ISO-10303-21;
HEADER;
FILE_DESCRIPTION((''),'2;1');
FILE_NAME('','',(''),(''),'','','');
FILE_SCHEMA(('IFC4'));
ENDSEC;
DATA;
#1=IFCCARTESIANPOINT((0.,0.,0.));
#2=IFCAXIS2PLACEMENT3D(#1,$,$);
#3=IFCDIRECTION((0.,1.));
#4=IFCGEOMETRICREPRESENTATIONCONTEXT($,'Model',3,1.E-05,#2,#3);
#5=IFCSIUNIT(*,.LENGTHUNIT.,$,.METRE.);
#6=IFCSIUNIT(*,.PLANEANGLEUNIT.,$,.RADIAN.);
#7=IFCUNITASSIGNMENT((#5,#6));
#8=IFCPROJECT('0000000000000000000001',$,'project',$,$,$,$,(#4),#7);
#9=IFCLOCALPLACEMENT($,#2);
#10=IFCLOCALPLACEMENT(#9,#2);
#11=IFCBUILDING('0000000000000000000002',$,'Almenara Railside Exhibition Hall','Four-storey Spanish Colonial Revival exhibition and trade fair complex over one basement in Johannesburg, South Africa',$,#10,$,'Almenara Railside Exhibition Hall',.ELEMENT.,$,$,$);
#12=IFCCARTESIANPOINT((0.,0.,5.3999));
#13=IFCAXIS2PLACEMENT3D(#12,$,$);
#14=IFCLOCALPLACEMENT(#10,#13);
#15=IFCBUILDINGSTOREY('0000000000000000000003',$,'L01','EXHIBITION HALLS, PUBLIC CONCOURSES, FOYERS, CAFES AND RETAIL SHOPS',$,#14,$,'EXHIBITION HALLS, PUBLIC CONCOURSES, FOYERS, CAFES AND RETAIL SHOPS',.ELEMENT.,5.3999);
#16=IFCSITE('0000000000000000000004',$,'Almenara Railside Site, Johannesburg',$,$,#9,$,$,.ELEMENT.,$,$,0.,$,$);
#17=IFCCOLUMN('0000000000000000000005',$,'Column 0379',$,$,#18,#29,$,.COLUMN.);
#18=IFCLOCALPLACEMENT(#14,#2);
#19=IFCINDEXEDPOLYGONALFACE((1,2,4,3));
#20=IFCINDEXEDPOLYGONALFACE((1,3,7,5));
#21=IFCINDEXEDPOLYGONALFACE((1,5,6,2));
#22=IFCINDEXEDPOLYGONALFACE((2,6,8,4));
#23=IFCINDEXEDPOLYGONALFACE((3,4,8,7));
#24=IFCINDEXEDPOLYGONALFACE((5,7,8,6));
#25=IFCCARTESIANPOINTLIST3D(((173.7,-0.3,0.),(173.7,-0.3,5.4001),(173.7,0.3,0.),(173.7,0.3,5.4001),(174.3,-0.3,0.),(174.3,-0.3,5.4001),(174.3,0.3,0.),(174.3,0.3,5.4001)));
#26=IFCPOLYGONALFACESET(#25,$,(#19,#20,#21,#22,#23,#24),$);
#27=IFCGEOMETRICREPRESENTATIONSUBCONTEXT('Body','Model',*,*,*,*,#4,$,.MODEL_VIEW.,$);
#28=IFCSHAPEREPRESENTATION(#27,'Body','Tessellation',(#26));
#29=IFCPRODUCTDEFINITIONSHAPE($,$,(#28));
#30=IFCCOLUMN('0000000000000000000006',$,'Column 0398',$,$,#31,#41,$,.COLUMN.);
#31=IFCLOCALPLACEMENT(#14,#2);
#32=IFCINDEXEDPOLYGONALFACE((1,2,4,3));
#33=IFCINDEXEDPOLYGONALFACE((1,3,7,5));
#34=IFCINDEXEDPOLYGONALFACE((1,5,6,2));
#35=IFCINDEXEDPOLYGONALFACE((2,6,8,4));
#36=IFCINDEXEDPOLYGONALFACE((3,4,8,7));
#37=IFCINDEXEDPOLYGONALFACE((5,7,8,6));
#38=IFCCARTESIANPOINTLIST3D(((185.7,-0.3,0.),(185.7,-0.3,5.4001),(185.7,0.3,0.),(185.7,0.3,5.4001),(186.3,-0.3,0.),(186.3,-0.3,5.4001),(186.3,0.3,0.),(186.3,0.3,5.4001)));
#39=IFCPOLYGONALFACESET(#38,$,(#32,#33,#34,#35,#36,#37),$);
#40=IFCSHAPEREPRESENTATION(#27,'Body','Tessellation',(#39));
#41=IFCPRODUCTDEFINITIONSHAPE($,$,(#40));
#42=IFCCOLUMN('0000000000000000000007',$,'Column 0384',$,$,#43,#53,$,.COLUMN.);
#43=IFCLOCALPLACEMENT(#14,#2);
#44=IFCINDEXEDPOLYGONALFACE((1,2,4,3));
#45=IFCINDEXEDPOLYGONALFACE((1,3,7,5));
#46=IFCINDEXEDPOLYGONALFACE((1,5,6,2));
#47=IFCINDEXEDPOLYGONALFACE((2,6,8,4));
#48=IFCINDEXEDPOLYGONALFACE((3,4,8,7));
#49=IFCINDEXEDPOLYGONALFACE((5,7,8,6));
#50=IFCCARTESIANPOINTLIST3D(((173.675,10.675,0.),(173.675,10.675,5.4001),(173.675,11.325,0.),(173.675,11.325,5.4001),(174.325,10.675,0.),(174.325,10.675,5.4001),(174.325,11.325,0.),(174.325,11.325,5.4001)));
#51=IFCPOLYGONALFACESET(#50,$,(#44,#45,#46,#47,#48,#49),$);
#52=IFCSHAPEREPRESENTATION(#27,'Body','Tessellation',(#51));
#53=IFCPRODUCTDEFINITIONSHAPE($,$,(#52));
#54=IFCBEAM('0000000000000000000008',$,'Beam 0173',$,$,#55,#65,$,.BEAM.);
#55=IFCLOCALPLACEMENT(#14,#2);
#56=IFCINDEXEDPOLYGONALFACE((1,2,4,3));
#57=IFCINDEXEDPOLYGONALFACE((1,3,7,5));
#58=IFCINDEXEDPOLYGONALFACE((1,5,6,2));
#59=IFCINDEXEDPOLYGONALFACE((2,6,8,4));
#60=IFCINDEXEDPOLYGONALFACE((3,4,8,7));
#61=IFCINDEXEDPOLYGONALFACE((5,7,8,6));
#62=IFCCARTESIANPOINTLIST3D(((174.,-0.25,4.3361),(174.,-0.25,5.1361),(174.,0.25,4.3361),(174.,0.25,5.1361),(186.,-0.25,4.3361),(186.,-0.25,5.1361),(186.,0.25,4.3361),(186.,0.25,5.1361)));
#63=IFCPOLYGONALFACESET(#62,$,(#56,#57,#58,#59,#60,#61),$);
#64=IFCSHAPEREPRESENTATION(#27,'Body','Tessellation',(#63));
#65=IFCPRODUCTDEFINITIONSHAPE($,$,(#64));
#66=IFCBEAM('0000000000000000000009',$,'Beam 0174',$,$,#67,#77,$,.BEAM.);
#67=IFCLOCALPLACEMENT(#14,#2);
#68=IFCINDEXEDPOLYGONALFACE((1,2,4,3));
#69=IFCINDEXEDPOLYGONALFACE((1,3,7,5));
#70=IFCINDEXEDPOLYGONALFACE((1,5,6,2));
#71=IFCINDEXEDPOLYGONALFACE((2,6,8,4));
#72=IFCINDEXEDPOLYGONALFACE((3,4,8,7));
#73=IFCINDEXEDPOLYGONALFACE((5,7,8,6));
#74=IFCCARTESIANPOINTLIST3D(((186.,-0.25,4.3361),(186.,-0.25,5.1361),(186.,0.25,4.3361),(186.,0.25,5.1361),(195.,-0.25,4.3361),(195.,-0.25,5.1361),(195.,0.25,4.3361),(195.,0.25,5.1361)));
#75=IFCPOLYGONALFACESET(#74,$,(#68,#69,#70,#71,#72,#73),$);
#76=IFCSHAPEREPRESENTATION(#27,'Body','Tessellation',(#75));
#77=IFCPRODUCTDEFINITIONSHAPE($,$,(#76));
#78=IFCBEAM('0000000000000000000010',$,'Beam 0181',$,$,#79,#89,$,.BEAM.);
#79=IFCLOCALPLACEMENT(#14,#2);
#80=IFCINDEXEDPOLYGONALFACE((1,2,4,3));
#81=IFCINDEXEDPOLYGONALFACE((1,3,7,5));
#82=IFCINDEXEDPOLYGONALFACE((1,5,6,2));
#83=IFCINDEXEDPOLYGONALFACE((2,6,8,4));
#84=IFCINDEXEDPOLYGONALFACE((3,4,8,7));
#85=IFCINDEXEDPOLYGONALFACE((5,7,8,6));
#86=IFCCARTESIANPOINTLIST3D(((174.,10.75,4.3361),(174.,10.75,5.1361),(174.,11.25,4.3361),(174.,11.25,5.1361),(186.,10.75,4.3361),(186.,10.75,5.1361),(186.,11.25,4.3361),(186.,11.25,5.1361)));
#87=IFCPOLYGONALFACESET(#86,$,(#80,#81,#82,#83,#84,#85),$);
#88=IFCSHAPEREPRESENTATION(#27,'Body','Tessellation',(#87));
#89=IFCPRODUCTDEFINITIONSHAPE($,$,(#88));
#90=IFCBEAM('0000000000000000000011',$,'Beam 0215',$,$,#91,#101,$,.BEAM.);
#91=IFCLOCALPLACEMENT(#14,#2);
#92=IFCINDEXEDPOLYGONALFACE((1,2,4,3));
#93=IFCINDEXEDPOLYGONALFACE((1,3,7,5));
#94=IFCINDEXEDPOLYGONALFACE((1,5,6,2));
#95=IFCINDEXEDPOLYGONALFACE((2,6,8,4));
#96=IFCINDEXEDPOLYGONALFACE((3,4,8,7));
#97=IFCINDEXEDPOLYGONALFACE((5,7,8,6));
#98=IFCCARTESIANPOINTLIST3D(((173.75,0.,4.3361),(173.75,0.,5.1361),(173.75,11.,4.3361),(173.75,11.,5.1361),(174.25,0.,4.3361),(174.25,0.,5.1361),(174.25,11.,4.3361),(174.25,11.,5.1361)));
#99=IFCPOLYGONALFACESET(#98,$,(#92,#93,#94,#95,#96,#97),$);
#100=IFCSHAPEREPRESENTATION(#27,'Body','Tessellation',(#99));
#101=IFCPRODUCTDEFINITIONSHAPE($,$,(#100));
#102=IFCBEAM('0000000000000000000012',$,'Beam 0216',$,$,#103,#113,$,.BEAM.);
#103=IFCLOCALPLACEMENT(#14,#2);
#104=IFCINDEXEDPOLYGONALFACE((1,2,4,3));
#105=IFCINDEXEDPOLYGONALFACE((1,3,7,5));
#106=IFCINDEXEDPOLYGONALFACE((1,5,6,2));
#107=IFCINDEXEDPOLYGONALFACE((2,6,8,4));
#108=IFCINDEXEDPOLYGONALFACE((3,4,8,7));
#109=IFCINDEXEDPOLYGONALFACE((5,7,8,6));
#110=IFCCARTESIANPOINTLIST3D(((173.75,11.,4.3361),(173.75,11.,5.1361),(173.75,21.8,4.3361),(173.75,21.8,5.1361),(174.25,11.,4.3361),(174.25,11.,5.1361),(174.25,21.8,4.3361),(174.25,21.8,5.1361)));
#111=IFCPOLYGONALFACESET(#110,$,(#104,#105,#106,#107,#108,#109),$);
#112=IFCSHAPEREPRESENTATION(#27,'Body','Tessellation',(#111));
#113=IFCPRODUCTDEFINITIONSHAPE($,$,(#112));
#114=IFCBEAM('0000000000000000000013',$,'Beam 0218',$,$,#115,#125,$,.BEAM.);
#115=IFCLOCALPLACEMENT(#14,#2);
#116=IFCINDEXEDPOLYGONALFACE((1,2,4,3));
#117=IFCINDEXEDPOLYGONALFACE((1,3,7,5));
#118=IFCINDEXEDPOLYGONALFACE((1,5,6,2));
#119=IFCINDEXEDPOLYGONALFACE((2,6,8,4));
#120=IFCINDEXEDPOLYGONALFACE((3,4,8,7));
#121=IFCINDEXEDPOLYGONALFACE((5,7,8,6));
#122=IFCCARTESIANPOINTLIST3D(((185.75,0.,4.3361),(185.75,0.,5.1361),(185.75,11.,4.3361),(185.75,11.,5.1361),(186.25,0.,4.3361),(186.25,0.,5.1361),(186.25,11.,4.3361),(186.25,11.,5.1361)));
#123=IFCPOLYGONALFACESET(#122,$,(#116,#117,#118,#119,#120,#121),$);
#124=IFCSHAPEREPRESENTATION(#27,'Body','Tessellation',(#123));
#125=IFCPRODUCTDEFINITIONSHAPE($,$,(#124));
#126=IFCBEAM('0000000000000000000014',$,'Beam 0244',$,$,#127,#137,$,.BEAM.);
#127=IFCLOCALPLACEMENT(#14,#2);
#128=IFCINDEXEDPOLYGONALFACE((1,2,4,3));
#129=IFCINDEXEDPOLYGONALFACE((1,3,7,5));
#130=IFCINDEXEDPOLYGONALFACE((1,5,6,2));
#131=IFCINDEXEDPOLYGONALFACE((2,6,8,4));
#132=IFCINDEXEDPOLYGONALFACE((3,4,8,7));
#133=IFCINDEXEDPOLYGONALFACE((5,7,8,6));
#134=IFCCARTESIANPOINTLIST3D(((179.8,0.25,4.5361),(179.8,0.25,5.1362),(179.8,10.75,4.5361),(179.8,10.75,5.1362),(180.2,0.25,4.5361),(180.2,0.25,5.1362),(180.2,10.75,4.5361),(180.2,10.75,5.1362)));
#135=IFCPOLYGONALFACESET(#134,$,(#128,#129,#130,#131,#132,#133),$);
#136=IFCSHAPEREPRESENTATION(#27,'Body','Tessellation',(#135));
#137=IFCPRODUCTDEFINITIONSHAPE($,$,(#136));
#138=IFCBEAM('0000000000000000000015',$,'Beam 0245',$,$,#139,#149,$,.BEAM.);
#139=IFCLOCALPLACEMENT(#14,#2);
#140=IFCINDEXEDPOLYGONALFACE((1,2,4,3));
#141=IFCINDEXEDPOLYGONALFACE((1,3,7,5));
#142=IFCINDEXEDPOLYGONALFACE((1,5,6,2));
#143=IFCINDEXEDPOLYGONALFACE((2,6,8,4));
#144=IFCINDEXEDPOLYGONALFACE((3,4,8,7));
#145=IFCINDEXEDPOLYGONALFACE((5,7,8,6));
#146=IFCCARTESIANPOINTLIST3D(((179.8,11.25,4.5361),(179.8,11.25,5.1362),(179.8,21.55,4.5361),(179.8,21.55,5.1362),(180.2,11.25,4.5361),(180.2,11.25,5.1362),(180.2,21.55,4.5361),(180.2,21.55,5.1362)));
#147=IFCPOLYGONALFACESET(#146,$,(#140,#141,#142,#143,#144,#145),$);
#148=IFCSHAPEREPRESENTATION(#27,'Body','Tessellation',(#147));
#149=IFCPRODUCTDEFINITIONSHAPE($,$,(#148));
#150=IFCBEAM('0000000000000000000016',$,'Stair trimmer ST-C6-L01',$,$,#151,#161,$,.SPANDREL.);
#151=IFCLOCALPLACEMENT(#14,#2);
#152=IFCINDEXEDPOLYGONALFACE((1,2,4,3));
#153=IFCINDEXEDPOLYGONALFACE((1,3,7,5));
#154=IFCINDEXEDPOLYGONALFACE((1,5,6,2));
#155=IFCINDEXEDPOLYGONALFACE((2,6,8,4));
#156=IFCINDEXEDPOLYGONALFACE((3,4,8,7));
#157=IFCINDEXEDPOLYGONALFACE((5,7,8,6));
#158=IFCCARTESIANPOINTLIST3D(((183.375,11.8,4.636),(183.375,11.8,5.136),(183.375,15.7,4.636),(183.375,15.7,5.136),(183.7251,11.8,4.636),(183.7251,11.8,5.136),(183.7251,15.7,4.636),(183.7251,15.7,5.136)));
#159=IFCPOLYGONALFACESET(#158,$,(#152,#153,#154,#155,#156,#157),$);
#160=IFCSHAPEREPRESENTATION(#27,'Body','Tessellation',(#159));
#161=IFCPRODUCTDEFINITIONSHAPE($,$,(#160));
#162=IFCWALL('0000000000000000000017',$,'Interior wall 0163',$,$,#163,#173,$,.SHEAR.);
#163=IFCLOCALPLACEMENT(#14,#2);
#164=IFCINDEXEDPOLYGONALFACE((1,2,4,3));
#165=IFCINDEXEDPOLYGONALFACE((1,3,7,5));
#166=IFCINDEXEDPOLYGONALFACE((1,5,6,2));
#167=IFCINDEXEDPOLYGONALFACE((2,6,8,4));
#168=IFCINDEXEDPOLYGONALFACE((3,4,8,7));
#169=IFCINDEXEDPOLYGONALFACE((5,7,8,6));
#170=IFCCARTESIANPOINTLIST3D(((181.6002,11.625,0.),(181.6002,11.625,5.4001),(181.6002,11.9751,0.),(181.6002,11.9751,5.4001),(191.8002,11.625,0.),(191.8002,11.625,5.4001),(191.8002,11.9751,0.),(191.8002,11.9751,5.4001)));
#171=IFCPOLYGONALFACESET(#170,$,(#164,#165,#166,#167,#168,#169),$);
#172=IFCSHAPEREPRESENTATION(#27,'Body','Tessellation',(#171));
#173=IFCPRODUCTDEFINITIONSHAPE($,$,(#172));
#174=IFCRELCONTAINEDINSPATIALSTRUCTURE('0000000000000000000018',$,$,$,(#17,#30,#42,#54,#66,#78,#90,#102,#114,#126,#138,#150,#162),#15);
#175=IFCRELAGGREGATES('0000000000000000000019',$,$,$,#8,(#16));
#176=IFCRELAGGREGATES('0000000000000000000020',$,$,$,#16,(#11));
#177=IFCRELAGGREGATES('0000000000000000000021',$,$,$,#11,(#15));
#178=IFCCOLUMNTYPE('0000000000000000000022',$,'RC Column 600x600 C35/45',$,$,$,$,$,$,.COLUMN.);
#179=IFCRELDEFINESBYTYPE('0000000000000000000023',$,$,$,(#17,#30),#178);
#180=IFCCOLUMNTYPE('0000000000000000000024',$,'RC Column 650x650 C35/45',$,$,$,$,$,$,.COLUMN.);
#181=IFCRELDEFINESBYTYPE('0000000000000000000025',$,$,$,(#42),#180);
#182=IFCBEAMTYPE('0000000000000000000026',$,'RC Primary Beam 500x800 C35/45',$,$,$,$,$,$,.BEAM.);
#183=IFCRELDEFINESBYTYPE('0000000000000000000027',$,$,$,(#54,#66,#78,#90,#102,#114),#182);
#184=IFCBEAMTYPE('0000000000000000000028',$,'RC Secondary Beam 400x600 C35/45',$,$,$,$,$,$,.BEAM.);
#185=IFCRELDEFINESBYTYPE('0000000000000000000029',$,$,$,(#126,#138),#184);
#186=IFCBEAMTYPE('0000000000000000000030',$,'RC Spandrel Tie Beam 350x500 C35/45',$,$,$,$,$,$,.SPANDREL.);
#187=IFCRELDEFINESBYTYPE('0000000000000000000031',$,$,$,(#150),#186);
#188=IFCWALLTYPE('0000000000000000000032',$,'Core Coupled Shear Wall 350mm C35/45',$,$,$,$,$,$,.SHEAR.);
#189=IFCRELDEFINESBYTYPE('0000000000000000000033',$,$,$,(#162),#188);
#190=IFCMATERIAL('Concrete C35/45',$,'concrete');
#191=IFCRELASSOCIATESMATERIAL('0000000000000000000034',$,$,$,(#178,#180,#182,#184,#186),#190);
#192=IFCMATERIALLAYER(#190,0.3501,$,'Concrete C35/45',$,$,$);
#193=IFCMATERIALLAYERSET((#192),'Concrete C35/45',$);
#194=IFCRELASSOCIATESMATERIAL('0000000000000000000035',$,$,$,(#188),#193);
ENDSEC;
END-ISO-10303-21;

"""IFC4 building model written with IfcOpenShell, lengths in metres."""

from ifc_helpers import new_model, si_unit, direction, frame, frame_2d, origin, origin_2d, place, context, subcontext, project, spatial, rectangle, extrude, material, layer, layer_set, material_profile, profile_set, type_object, element, save


model = new_model("IFC4")

# Units and contexts
model_context = context("Model", 3, precision=1e-05, world=origin(), true_north=direction((0.0, 1.0)))
body_context = subcontext(model_context, "Body", "Model", "MODEL_VIEW")
ifc_project = project(units=[si_unit("LENGTHUNIT", "METRE"), si_unit("PLANEANGLEUNIT", "RADIAN")], contexts=[model_context])

# Site, building, storey
site_placement = place(None, origin())
site = spatial("IfcSite", under=ifc_project, at=site_placement, Name="Almenara Railside Site, Johannesburg", CompositionType="ELEMENT", RefElevation=0.0)
building_placement = place(site_placement, origin())
building = spatial("IfcBuilding", under=site, at=building_placement, Name="Almenara Railside Exhibition Hall", Description="Four-storey Spanish Colonial Revival exhibition and trade fair complex over one basement in Johannesburg, South Africa", LongName="Almenara Railside Exhibition Hall", CompositionType="ELEMENT")
storey_placement = place(building_placement, frame((0.0, 0.0, 5.3999)))
storey = spatial("IfcBuildingStorey", under=building, at=storey_placement, Name="L01", Description="EXHIBITION HALLS, PUBLIC CONCOURSES, FOYERS, CAFES AND RETAIL SHOPS", LongName="EXHIBITION HALLS, PUBLIC CONCOURSES, FOYERS, CAFES AND RETAIL SHOPS", CompositionType="ELEMENT", Elevation=5.3999)

# Columns
ifc_material_1 = material(Name="Concrete C35/45", Category="concrete")
ifc_material_profile_1 = material_profile(ifc_material_1, rectangle(XDim=0.6001, YDim=0.6001, at=origin_2d()), Name="RC 600x600")
ifc_profile_set_1 = profile_set([ifc_material_profile_1], Name="Concrete C35/45")
column_type_1 = type_object("IfcColumnType", Name="RC Column 600x600 C35/45", PredefinedType="COLUMN", material=ifc_profile_set_1)
for number, where, z_axis, x_axis, name in (
    (1, (174.0, 0.0, 0.0), (0.0, 0.0, 1.0), (1.0, 0.0, 0.0), "Column 0379"),
    (2, (186.0, 0.0, 0.0), (0.0, 0.0, 1.0), (1.0, 0.0, 0.0), "Column 0398"),
):
    element("IfcColumn", number, at=place(storey_placement, frame(where, z_axis=z_axis, x_axis=x_axis)), inside=storey, type_object=column_type_1, Name=name, PredefinedType="COLUMN", context=body_context, shape_type="SweptSolid", body=[
        extrude(rectangle(XDim=0.6001, YDim=0.6001, at=origin_2d()), origin(), (0.0, 0.0, 1.0), 5.4001),
    ])
ifc_material_profile_2 = material_profile(ifc_material_1, rectangle(XDim=0.6499, YDim=0.6499, at=origin_2d()), Name="RC 650x650")
ifc_profile_set_2 = profile_set([ifc_material_profile_2], Name="Concrete C35/45")
column_type_2 = type_object("IfcColumnType", Name="RC Column 650x650 C35/45", PredefinedType="COLUMN", material=ifc_profile_set_2)
column_placement = place(storey_placement, frame((174.0, 11.0, 0.0), z_axis=(0.0, 0.0, 1.0), x_axis=(1.0, 0.0, 0.0)))
element("IfcColumn", 3, at=column_placement, inside=storey, type_object=column_type_2, Name="Column 0384", PredefinedType="COLUMN", context=body_context, shape_type="SweptSolid", body=[
    extrude(rectangle(XDim=0.6499, YDim=0.6499, at=origin_2d()), origin(), (0.0, 0.0, 1.0), 5.4001),
])

# Beams
ifc_material_profile_3 = material_profile(ifc_material_1, rectangle(XDim=0.5, YDim=0.8, at=origin_2d()), Name="RC 500x800")
ifc_profile_set_3 = profile_set([ifc_material_profile_3], Name="Concrete C35/45")
beam_type_1 = type_object("IfcBeamType", Name="RC Primary Beam 500x800 C35/45", PredefinedType="BEAM", material=ifc_profile_set_3)
beam_1_placement = place(storey_placement, frame((174.0, 0.0, 4.7361), z_axis=(1.0, 0.0, 0.0), x_axis=(0.0, 1.0, 0.0)))
element("IfcBeam", 4, at=beam_1_placement, inside=storey, type_object=beam_type_1, Name="Beam 0173", PredefinedType="BEAM", context=body_context, shape_type="SweptSolid", body=[
    extrude(rectangle(XDim=0.5, YDim=0.8, at=origin_2d()), origin(), (0.0, 0.0, 1.0), 12.0),
])
beam_2_placement = place(storey_placement, frame((186.0, 0.0, 4.7361), z_axis=(1.0, 0.0, 0.0), x_axis=(0.0, 1.0, 0.0)))
element("IfcBeam", 5, at=beam_2_placement, inside=storey, type_object=beam_type_1, Name="Beam 0174", PredefinedType="BEAM", context=body_context, shape_type="SweptSolid", body=[
    extrude(rectangle(XDim=0.5, YDim=0.8, at=origin_2d()), origin(), (0.0, 0.0, 1.0), 9.0),
])
beam_3_placement = place(storey_placement, frame((174.0, 11.0, 4.7361), z_axis=(1.0, 0.0, 0.0), x_axis=(0.0, 1.0, 0.0)))
element("IfcBeam", 6, at=beam_3_placement, inside=storey, type_object=beam_type_1, Name="Beam 0181", PredefinedType="BEAM", context=body_context, shape_type="SweptSolid", body=[
    extrude(rectangle(XDim=0.5, YDim=0.8, at=origin_2d()), origin(), (0.0, 0.0, 1.0), 12.0),
])
beam_4_placement = place(storey_placement, frame((174.0, 0.0, 4.7361), z_axis=(0.0, 1.0, 0.0), x_axis=(-1.0, 0.0, 0.0)))
element("IfcBeam", 7, at=beam_4_placement, inside=storey, type_object=beam_type_1, Name="Beam 0215", PredefinedType="BEAM", context=body_context, shape_type="SweptSolid", body=[
    extrude(rectangle(XDim=0.5, YDim=0.8, at=origin_2d()), origin(), (0.0, 0.0, 1.0), 11.0),
])
beam_5_placement = place(storey_placement, frame((174.0, 11.0, 4.7361), z_axis=(0.0, 1.0, 0.0), x_axis=(-1.0, 0.0, 0.0)))
element("IfcBeam", 8, at=beam_5_placement, inside=storey, type_object=beam_type_1, Name="Beam 0216", PredefinedType="BEAM", context=body_context, shape_type="SweptSolid", body=[
    extrude(rectangle(XDim=0.5, YDim=0.8, at=origin_2d()), origin(), (0.0, 0.0, 1.0), 10.8),
])
beam_6_placement = place(storey_placement, frame((186.0, 0.0, 4.7361), z_axis=(0.0, 1.0, 0.0), x_axis=(-1.0, 0.0, 0.0)))
element("IfcBeam", 9, at=beam_6_placement, inside=storey, type_object=beam_type_1, Name="Beam 0218", PredefinedType="BEAM", context=body_context, shape_type="SweptSolid", body=[
    extrude(rectangle(XDim=0.5, YDim=0.8, at=origin_2d()), origin(), (0.0, 0.0, 1.0), 11.0),
])
ifc_material_profile_4 = material_profile(ifc_material_1, rectangle(XDim=0.3999, YDim=0.6001, at=origin_2d()), Name="RC 400x600")
ifc_profile_set_4 = profile_set([ifc_material_profile_4], Name="Concrete C35/45")
beam_type_2 = type_object("IfcBeamType", Name="RC Secondary Beam 400x600 C35/45", PredefinedType="BEAM", material=ifc_profile_set_4)
beam_7_placement = place(storey_placement, frame((180.0, 0.25, 4.8362), z_axis=(0.0, 1.0, 0.0), x_axis=(-1.0, 0.0, 0.0)))
element("IfcBeam", 10, at=beam_7_placement, inside=storey, type_object=beam_type_2, Name="Beam 0244", PredefinedType="BEAM", context=body_context, shape_type="SweptSolid", body=[
    extrude(rectangle(XDim=0.3999, YDim=0.6001, at=origin_2d()), origin(), (0.0, 0.0, 1.0), 10.5),
])
beam_8_placement = place(storey_placement, frame((180.0, 11.25, 4.8362), z_axis=(0.0, 1.0, 0.0), x_axis=(-1.0, 0.0, 0.0)))
element("IfcBeam", 11, at=beam_8_placement, inside=storey, type_object=beam_type_2, Name="Beam 0245", PredefinedType="BEAM", context=body_context, shape_type="SweptSolid", body=[
    extrude(rectangle(XDim=0.3999, YDim=0.6001, at=origin_2d()), origin(), (0.0, 0.0, 1.0), 10.3),
])
ifc_material_profile_5 = material_profile(ifc_material_1, rectangle(XDim=0.3501, YDim=0.5, at=origin_2d()), Name="RC 350x500")
ifc_profile_set_5 = profile_set([ifc_material_profile_5], Name="Concrete C35/45")
beam_type_3 = type_object("IfcBeamType", Name="RC Spandrel Tie Beam 350x500 C35/45", PredefinedType="SPANDREL", material=ifc_profile_set_5)
beam_9_placement = place(storey_placement, frame((183.55, 11.8, 4.886), z_axis=(0.0, 1.0, 0.0), x_axis=(-1.0, 0.0, 0.0)))
element("IfcBeam", 12, at=beam_9_placement, inside=storey, type_object=beam_type_3, Name="Stair trimmer ST-C6-L01", PredefinedType="SPANDREL", context=body_context, shape_type="SweptSolid", body=[
    extrude(rectangle(XDim=0.3501, YDim=0.5, at=origin_2d()), origin(), (0.0, 0.0, 1.0), 3.8999),
])

# Wall
ifc_layer_1 = layer(ifc_material_1, 0.3501, Name="Concrete C35/45")
ifc_layer_set_1 = layer_set([ifc_layer_1], Name="Concrete C35/45")
wall_type_1 = type_object("IfcWallType", Name="Core Coupled Shear Wall 350mm C35/45", PredefinedType="SHEAR", material=ifc_layer_set_1)
wall_1_placement = place(storey_placement, frame((181.6001, 11.8, 0.0), z_axis=(0.0, 0.0, 1.0), x_axis=(1.0, 0.0, 0.0)))
element("IfcWall", 13, at=wall_1_placement, inside=storey, type_object=wall_type_1, Name="Interior wall 0163", PredefinedType="SHEAR", context=body_context, shape_type="SweptSolid", body=[
    extrude(rectangle(XDim=10.2, YDim=0.3501, at=frame_2d((5.1001, 0.0))), origin(), (0.0, 0.0, 1.0), 5.4001),
])

save(model, "model.ifc")
